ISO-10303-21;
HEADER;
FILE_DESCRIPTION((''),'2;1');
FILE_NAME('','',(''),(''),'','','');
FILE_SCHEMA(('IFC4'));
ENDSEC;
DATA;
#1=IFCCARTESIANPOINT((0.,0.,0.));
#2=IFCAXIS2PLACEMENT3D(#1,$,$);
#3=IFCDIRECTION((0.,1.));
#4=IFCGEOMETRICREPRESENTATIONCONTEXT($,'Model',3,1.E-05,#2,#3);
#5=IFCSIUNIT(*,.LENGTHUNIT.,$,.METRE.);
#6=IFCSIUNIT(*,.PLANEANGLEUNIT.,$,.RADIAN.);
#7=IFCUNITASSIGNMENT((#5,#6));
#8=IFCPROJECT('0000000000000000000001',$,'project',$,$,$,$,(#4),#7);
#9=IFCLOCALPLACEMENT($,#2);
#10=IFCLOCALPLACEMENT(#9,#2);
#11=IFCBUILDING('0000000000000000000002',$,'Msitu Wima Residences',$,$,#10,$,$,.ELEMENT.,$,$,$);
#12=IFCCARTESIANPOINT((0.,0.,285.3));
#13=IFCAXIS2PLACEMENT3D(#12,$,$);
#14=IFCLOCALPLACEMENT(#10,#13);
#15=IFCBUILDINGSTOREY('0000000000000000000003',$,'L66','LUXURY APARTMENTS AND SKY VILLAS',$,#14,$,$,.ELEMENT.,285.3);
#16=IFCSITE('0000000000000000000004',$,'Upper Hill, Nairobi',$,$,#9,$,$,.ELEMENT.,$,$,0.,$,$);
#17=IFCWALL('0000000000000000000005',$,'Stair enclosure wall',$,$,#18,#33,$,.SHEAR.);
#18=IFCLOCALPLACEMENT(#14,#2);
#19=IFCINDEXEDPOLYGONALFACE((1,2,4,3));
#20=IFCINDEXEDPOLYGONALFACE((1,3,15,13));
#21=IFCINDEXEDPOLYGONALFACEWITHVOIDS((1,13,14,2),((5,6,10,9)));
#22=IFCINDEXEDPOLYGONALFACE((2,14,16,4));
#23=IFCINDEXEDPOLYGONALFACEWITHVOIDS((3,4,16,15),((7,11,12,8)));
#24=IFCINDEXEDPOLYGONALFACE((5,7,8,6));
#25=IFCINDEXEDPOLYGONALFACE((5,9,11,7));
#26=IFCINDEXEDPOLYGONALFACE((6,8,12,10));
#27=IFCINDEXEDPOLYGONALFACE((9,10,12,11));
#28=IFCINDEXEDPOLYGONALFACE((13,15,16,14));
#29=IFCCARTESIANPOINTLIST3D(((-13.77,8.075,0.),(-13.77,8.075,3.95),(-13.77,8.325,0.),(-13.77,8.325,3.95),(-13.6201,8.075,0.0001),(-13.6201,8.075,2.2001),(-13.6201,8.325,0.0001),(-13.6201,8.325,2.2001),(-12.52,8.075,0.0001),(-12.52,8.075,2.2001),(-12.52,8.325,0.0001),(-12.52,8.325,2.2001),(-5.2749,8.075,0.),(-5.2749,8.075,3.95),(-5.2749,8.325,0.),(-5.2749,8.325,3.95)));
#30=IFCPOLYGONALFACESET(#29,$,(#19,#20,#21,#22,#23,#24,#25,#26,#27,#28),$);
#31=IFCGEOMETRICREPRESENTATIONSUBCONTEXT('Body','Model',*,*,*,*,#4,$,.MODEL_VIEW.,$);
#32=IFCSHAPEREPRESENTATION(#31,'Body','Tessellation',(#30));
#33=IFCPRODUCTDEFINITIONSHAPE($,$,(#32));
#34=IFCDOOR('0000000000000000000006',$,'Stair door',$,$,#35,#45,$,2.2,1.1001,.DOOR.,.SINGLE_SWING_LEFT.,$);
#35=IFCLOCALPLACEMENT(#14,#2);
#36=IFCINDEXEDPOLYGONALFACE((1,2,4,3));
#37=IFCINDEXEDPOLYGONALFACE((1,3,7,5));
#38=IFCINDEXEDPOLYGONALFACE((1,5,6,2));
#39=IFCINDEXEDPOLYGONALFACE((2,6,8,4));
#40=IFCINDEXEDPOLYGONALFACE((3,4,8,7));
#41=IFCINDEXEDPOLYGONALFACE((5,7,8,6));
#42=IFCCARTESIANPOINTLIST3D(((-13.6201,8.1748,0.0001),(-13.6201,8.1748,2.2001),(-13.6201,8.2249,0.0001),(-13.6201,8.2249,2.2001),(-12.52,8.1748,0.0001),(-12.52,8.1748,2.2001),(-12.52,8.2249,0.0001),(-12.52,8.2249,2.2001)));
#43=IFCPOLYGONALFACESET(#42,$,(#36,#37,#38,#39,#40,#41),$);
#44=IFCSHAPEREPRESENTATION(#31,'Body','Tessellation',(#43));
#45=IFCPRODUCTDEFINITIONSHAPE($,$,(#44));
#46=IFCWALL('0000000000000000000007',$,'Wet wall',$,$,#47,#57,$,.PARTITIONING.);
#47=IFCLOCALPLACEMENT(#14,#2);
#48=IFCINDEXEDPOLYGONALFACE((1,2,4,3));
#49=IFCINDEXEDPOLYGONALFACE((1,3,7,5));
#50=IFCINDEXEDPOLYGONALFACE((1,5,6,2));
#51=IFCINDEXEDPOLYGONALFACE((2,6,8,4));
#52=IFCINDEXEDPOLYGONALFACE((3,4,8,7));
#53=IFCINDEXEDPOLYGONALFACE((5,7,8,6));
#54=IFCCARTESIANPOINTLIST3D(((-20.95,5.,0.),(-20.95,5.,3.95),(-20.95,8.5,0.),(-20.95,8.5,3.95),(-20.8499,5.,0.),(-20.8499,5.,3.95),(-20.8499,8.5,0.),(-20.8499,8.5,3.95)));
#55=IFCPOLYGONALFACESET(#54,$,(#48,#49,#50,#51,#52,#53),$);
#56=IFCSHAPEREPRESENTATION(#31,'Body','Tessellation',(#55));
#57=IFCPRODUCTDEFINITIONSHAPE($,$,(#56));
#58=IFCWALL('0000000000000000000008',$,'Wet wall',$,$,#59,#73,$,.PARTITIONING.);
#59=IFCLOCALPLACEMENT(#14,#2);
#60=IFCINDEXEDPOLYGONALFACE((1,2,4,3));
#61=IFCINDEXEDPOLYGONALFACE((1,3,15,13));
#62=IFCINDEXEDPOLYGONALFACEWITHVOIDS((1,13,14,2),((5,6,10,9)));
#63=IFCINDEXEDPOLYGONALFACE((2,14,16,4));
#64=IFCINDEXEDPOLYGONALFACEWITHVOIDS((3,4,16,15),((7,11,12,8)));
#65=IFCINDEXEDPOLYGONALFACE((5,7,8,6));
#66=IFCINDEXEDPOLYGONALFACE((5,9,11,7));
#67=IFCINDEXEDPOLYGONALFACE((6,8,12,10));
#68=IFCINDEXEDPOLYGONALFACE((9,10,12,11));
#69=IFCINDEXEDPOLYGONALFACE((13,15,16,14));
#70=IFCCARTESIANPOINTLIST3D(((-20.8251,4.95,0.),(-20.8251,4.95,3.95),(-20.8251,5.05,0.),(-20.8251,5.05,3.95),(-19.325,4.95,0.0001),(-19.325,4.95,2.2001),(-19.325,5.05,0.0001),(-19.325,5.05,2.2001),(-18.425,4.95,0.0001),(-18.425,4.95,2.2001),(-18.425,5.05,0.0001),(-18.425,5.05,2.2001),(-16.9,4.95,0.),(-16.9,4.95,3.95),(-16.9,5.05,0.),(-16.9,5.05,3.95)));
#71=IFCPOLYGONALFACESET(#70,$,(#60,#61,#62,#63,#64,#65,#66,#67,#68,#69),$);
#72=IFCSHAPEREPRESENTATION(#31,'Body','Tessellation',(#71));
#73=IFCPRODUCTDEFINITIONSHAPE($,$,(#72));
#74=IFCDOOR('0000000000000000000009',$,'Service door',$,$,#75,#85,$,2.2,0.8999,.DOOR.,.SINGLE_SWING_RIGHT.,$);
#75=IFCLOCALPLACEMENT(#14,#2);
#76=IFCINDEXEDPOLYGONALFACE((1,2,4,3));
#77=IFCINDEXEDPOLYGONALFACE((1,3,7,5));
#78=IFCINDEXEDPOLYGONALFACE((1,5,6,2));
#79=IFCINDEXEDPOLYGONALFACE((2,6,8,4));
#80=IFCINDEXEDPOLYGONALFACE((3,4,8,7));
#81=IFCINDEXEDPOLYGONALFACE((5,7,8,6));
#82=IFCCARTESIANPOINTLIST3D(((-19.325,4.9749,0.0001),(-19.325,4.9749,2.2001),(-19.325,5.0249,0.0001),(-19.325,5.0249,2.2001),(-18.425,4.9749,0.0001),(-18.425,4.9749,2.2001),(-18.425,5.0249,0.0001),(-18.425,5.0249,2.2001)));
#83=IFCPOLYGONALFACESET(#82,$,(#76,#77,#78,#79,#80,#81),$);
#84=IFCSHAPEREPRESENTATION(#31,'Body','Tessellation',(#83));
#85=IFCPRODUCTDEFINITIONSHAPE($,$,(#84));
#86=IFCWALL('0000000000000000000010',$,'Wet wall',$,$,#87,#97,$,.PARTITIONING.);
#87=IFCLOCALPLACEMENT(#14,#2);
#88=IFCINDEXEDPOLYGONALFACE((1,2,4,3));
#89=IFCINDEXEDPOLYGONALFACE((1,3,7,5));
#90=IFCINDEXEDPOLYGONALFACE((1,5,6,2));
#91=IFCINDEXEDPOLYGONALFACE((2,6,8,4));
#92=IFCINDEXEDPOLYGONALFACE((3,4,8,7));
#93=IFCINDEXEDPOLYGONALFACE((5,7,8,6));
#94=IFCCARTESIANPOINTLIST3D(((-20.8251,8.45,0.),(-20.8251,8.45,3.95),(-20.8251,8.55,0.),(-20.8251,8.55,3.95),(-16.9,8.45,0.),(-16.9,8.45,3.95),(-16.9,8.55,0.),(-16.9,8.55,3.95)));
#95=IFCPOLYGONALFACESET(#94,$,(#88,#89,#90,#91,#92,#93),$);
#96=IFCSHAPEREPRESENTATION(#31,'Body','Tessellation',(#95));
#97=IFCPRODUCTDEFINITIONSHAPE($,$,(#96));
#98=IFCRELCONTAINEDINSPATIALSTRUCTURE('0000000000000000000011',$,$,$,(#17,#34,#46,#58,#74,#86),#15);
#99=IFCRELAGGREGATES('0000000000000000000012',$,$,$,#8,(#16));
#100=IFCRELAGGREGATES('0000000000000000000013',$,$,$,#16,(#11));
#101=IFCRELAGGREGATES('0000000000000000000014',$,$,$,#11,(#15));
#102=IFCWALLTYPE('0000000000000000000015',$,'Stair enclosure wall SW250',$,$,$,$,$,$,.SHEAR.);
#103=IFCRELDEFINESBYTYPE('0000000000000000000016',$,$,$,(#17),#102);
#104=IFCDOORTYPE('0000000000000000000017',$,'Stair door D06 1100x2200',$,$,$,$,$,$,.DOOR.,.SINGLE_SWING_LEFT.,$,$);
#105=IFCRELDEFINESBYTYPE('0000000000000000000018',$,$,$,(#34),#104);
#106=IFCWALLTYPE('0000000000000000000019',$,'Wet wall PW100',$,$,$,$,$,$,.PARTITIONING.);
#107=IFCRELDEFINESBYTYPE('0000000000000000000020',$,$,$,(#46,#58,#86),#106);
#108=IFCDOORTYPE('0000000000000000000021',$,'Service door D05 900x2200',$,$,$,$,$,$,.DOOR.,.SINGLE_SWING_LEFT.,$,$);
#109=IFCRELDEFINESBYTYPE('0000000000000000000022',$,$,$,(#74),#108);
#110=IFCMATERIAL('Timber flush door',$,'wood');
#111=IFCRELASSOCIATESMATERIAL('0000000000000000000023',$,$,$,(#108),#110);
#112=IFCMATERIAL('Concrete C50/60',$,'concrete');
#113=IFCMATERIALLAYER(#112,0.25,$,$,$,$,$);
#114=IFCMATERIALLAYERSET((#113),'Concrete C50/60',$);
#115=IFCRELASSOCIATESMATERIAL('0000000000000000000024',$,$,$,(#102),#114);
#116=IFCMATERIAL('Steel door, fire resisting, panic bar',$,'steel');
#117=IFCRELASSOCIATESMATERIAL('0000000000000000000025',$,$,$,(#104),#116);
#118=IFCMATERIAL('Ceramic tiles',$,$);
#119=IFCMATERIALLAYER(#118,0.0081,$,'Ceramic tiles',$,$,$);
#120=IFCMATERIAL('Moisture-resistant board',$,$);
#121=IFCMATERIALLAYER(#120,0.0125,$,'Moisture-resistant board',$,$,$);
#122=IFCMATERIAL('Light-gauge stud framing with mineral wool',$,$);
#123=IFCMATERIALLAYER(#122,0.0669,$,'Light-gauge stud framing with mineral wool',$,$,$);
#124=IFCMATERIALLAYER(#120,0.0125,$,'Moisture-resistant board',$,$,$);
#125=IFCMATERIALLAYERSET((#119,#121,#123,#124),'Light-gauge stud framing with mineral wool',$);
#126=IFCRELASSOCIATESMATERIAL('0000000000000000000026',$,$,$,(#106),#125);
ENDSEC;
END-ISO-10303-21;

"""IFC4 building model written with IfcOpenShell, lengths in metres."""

from ifc_helpers import new_model, si_unit, direction, frame, frame_2d, origin, place, context, subcontext, project, spatial, rectangle, extrude, material, layer, layer_set, type_object, element, fill, save


model = new_model("IFC4")

# Units and contexts
model_context = context("Model", 3, precision=1e-05, world=origin(), true_north=direction((0.0, 1.0)))
body_context = subcontext(model_context, "Body", "Model", "MODEL_VIEW")
ifc_project = project(units=[si_unit("LENGTHUNIT", "METRE"), si_unit("PLANEANGLEUNIT", "RADIAN")], contexts=[model_context])

# Site, building, storey
site_placement = place(None, origin())
site = spatial("IfcSite", under=ifc_project, at=site_placement, Name="Upper Hill, Nairobi", CompositionType="ELEMENT", RefElevation=0.0)
building_placement = place(site_placement, origin())
building = spatial("IfcBuilding", under=site, at=building_placement, Name="Msitu Wima Residences", CompositionType="ELEMENT")
storey_placement = place(building_placement, frame((0.0, 0.0, 285.3)))
storey = spatial("IfcBuildingStorey", under=building, at=storey_placement, Name="L66", Description="LUXURY APARTMENTS AND SKY VILLAS", CompositionType="ELEMENT", Elevation=285.3)

# Shared definitions
ifc_material_1 = material(Name="Concrete C50/60", Category="concrete")

# Shared definitions
ifc_material_2 = material(Name="Timber flush door", Category="wood")
door_type_1 = type_object("IfcDoorType", Name="Service door D05 900x2200", OperationType="SINGLE_SWING_LEFT", PredefinedType="DOOR", material=ifc_material_2)

# Shared definitions
ifc_material_3 = material(Name="Light-gauge stud framing with mineral wool")

# Wall, opening, door
ifc_layer_1 = layer(ifc_material_1, 0.25)
ifc_layer_set_1 = layer_set([ifc_layer_1], Name="Concrete C50/60")
wall_type_1 = type_object("IfcWallType", Name="Stair enclosure wall SW250", PredefinedType="SHEAR", material=ifc_layer_set_1)
wall_1_placement = place(storey_placement, frame((-13.77, 8.2, 0.0), z_axis=(0.0, 0.0, 1.0), x_axis=(1.0, 0.0, 0.0)))
wall_1 = element("IfcWall", 1, at=wall_1_placement, inside=storey, type_object=wall_type_1, Name="Stair enclosure wall", PredefinedType="SHEAR", context=body_context, shape_type="SweptSolid", body=[
    extrude(rectangle(XDim=8.4951, YDim=0.25, at=frame_2d((4.2476, 0.0))), origin(), (0.0, 0.0, 1.0), 3.95),
])
opening_1_placement = place(wall_1_placement, frame((0.1499, 0.0, 0.0)))
opening_1 = element("IfcOpeningElement", 2, at=opening_1_placement, cuts=wall_1, PredefinedType="OPENING", context=body_context, shape_type="SweptSolid", body=[
    extrude(rectangle(XDim=1.1001, YDim=2.2, at=frame_2d((0.55, 1.1001))), frame((0.0, 0.135, 0.0), z_axis=(0.0, -1.0, 0.0), x_axis=(1.0, 0.0, 0.0)), (0.0, 0.0, 1.0), 0.27),
])
ifc_material_4 = material(Name="Steel door, fire resisting, panic bar", Category="steel")
door_type_2 = type_object("IfcDoorType", Name="Stair door D06 1100x2200", OperationType="SINGLE_SWING_LEFT", PredefinedType="DOOR", material=ifc_material_4)
door_1_placement = place(opening_1_placement, origin())
door_1 = element("IfcDoor", 3, at=door_1_placement, inside=storey, type_object=door_type_2, Name="Stair door", OperationType="SINGLE_SWING_LEFT", OverallHeight=2.2, OverallWidth=1.1001, PredefinedType="DOOR", context=body_context, shape_type="SweptSolid", body=[
    extrude(rectangle(XDim=1.1001, YDim=2.2, at=frame_2d((0.55, 1.1001))), frame((0.0, 0.0249, 0.0), z_axis=(0.0, -1.0, 0.0), x_axis=(1.0, 0.0, 0.0)), (0.0, 0.0, 1.0), 0.05),
])
fill(opening_1, door_1)

# Wall
ifc_material_5 = material(Name="Ceramic tiles")
ifc_layer_2 = layer(ifc_material_5, 0.0081, Name="Ceramic tiles")
ifc_material_6 = material(Name="Moisture-resistant board")
ifc_layer_3 = layer(ifc_material_6, 0.0125, Name="Moisture-resistant board")
ifc_layer_4 = layer(ifc_material_3, 0.0669, Name="Light-gauge stud framing with mineral wool")
ifc_layer_5 = layer(ifc_material_6, 0.0125, Name="Moisture-resistant board")
ifc_layer_set_2 = layer_set([ifc_layer_2, ifc_layer_3, ifc_layer_4, ifc_layer_5], Name="Light-gauge stud framing with mineral wool")
wall_type_2 = type_object("IfcWallType", Name="Wet wall PW100", PredefinedType="PARTITIONING", material=ifc_layer_set_2)
wall_2_placement = place(storey_placement, frame((-20.8999, 5.0, 0.0), z_axis=(0.0, 0.0, 1.0), x_axis=(0.0, 1.0, 0.0)))
element("IfcWall", 4, at=wall_2_placement, inside=storey, type_object=wall_type_2, Name="Wet wall", PredefinedType="PARTITIONING", context=body_context, shape_type="SweptSolid", body=[
    extrude(rectangle(XDim=3.5, YDim=0.1001, at=frame_2d((1.75, 0.0))), origin(), (0.0, 0.0, 1.0), 3.95),
])

# Wall, opening, door
wall_3_placement = place(storey_placement, frame((-20.825, 5.0, 0.0), z_axis=(0.0, 0.0, 1.0), x_axis=(1.0, 0.0, 0.0)))
wall_3 = element("IfcWall", 5, at=wall_3_placement, inside=storey, type_object=wall_type_2, Name="Wet wall", PredefinedType="PARTITIONING", context=body_context, shape_type="SweptSolid", body=[
    extrude(rectangle(XDim=3.925, YDim=0.1001, at=frame_2d((1.9624, 0.0))), origin(), (0.0, 0.0, 1.0), 3.95),
])
opening_2_placement = place(wall_3_placement, frame((1.5, 0.0, 0.0)))
opening_2 = element("IfcOpeningElement", 6, at=opening_2_placement, cuts=wall_3, PredefinedType="OPENING", context=body_context, shape_type="SweptSolid", body=[
    extrude(rectangle(XDim=0.8999, YDim=2.2, at=frame_2d((0.45, 1.1001))), frame((0.0, 0.0601, 0.0), z_axis=(0.0, -1.0, 0.0), x_axis=(1.0, 0.0, 0.0)), (0.0, 0.0, 1.0), 0.1201),
])
door_2_placement = place(opening_2_placement, origin())
door_2 = element("IfcDoor", 7, at=door_2_placement, inside=storey, type_object=door_type_1, Name="Service door", OperationType="SINGLE_SWING_RIGHT", OverallHeight=2.2, OverallWidth=0.8999, PredefinedType="DOOR", context=body_context, shape_type="SweptSolid", body=[
    extrude(rectangle(XDim=0.8999, YDim=2.2, at=frame_2d((0.45, 1.1001))), frame((0.0, 0.0249, 0.0), z_axis=(0.0, -1.0, 0.0), x_axis=(1.0, 0.0, 0.0)), (0.0, 0.0, 1.0), 0.05),
])
fill(opening_2, door_2)

# Wall
wall_4_placement = place(storey_placement, frame((-20.825, 8.5, 0.0), z_axis=(0.0, 0.0, 1.0), x_axis=(1.0, 0.0, 0.0)))
element("IfcWall", 8, at=wall_4_placement, inside=storey, type_object=wall_type_2, Name="Wet wall", PredefinedType="PARTITIONING", context=body_context, shape_type="SweptSolid", body=[
    extrude(rectangle(XDim=3.925, YDim=0.1001, at=frame_2d((1.9624, 0.0))), origin(), (0.0, 0.0, 1.0), 3.95),
])

save(model, "model.ifc")
